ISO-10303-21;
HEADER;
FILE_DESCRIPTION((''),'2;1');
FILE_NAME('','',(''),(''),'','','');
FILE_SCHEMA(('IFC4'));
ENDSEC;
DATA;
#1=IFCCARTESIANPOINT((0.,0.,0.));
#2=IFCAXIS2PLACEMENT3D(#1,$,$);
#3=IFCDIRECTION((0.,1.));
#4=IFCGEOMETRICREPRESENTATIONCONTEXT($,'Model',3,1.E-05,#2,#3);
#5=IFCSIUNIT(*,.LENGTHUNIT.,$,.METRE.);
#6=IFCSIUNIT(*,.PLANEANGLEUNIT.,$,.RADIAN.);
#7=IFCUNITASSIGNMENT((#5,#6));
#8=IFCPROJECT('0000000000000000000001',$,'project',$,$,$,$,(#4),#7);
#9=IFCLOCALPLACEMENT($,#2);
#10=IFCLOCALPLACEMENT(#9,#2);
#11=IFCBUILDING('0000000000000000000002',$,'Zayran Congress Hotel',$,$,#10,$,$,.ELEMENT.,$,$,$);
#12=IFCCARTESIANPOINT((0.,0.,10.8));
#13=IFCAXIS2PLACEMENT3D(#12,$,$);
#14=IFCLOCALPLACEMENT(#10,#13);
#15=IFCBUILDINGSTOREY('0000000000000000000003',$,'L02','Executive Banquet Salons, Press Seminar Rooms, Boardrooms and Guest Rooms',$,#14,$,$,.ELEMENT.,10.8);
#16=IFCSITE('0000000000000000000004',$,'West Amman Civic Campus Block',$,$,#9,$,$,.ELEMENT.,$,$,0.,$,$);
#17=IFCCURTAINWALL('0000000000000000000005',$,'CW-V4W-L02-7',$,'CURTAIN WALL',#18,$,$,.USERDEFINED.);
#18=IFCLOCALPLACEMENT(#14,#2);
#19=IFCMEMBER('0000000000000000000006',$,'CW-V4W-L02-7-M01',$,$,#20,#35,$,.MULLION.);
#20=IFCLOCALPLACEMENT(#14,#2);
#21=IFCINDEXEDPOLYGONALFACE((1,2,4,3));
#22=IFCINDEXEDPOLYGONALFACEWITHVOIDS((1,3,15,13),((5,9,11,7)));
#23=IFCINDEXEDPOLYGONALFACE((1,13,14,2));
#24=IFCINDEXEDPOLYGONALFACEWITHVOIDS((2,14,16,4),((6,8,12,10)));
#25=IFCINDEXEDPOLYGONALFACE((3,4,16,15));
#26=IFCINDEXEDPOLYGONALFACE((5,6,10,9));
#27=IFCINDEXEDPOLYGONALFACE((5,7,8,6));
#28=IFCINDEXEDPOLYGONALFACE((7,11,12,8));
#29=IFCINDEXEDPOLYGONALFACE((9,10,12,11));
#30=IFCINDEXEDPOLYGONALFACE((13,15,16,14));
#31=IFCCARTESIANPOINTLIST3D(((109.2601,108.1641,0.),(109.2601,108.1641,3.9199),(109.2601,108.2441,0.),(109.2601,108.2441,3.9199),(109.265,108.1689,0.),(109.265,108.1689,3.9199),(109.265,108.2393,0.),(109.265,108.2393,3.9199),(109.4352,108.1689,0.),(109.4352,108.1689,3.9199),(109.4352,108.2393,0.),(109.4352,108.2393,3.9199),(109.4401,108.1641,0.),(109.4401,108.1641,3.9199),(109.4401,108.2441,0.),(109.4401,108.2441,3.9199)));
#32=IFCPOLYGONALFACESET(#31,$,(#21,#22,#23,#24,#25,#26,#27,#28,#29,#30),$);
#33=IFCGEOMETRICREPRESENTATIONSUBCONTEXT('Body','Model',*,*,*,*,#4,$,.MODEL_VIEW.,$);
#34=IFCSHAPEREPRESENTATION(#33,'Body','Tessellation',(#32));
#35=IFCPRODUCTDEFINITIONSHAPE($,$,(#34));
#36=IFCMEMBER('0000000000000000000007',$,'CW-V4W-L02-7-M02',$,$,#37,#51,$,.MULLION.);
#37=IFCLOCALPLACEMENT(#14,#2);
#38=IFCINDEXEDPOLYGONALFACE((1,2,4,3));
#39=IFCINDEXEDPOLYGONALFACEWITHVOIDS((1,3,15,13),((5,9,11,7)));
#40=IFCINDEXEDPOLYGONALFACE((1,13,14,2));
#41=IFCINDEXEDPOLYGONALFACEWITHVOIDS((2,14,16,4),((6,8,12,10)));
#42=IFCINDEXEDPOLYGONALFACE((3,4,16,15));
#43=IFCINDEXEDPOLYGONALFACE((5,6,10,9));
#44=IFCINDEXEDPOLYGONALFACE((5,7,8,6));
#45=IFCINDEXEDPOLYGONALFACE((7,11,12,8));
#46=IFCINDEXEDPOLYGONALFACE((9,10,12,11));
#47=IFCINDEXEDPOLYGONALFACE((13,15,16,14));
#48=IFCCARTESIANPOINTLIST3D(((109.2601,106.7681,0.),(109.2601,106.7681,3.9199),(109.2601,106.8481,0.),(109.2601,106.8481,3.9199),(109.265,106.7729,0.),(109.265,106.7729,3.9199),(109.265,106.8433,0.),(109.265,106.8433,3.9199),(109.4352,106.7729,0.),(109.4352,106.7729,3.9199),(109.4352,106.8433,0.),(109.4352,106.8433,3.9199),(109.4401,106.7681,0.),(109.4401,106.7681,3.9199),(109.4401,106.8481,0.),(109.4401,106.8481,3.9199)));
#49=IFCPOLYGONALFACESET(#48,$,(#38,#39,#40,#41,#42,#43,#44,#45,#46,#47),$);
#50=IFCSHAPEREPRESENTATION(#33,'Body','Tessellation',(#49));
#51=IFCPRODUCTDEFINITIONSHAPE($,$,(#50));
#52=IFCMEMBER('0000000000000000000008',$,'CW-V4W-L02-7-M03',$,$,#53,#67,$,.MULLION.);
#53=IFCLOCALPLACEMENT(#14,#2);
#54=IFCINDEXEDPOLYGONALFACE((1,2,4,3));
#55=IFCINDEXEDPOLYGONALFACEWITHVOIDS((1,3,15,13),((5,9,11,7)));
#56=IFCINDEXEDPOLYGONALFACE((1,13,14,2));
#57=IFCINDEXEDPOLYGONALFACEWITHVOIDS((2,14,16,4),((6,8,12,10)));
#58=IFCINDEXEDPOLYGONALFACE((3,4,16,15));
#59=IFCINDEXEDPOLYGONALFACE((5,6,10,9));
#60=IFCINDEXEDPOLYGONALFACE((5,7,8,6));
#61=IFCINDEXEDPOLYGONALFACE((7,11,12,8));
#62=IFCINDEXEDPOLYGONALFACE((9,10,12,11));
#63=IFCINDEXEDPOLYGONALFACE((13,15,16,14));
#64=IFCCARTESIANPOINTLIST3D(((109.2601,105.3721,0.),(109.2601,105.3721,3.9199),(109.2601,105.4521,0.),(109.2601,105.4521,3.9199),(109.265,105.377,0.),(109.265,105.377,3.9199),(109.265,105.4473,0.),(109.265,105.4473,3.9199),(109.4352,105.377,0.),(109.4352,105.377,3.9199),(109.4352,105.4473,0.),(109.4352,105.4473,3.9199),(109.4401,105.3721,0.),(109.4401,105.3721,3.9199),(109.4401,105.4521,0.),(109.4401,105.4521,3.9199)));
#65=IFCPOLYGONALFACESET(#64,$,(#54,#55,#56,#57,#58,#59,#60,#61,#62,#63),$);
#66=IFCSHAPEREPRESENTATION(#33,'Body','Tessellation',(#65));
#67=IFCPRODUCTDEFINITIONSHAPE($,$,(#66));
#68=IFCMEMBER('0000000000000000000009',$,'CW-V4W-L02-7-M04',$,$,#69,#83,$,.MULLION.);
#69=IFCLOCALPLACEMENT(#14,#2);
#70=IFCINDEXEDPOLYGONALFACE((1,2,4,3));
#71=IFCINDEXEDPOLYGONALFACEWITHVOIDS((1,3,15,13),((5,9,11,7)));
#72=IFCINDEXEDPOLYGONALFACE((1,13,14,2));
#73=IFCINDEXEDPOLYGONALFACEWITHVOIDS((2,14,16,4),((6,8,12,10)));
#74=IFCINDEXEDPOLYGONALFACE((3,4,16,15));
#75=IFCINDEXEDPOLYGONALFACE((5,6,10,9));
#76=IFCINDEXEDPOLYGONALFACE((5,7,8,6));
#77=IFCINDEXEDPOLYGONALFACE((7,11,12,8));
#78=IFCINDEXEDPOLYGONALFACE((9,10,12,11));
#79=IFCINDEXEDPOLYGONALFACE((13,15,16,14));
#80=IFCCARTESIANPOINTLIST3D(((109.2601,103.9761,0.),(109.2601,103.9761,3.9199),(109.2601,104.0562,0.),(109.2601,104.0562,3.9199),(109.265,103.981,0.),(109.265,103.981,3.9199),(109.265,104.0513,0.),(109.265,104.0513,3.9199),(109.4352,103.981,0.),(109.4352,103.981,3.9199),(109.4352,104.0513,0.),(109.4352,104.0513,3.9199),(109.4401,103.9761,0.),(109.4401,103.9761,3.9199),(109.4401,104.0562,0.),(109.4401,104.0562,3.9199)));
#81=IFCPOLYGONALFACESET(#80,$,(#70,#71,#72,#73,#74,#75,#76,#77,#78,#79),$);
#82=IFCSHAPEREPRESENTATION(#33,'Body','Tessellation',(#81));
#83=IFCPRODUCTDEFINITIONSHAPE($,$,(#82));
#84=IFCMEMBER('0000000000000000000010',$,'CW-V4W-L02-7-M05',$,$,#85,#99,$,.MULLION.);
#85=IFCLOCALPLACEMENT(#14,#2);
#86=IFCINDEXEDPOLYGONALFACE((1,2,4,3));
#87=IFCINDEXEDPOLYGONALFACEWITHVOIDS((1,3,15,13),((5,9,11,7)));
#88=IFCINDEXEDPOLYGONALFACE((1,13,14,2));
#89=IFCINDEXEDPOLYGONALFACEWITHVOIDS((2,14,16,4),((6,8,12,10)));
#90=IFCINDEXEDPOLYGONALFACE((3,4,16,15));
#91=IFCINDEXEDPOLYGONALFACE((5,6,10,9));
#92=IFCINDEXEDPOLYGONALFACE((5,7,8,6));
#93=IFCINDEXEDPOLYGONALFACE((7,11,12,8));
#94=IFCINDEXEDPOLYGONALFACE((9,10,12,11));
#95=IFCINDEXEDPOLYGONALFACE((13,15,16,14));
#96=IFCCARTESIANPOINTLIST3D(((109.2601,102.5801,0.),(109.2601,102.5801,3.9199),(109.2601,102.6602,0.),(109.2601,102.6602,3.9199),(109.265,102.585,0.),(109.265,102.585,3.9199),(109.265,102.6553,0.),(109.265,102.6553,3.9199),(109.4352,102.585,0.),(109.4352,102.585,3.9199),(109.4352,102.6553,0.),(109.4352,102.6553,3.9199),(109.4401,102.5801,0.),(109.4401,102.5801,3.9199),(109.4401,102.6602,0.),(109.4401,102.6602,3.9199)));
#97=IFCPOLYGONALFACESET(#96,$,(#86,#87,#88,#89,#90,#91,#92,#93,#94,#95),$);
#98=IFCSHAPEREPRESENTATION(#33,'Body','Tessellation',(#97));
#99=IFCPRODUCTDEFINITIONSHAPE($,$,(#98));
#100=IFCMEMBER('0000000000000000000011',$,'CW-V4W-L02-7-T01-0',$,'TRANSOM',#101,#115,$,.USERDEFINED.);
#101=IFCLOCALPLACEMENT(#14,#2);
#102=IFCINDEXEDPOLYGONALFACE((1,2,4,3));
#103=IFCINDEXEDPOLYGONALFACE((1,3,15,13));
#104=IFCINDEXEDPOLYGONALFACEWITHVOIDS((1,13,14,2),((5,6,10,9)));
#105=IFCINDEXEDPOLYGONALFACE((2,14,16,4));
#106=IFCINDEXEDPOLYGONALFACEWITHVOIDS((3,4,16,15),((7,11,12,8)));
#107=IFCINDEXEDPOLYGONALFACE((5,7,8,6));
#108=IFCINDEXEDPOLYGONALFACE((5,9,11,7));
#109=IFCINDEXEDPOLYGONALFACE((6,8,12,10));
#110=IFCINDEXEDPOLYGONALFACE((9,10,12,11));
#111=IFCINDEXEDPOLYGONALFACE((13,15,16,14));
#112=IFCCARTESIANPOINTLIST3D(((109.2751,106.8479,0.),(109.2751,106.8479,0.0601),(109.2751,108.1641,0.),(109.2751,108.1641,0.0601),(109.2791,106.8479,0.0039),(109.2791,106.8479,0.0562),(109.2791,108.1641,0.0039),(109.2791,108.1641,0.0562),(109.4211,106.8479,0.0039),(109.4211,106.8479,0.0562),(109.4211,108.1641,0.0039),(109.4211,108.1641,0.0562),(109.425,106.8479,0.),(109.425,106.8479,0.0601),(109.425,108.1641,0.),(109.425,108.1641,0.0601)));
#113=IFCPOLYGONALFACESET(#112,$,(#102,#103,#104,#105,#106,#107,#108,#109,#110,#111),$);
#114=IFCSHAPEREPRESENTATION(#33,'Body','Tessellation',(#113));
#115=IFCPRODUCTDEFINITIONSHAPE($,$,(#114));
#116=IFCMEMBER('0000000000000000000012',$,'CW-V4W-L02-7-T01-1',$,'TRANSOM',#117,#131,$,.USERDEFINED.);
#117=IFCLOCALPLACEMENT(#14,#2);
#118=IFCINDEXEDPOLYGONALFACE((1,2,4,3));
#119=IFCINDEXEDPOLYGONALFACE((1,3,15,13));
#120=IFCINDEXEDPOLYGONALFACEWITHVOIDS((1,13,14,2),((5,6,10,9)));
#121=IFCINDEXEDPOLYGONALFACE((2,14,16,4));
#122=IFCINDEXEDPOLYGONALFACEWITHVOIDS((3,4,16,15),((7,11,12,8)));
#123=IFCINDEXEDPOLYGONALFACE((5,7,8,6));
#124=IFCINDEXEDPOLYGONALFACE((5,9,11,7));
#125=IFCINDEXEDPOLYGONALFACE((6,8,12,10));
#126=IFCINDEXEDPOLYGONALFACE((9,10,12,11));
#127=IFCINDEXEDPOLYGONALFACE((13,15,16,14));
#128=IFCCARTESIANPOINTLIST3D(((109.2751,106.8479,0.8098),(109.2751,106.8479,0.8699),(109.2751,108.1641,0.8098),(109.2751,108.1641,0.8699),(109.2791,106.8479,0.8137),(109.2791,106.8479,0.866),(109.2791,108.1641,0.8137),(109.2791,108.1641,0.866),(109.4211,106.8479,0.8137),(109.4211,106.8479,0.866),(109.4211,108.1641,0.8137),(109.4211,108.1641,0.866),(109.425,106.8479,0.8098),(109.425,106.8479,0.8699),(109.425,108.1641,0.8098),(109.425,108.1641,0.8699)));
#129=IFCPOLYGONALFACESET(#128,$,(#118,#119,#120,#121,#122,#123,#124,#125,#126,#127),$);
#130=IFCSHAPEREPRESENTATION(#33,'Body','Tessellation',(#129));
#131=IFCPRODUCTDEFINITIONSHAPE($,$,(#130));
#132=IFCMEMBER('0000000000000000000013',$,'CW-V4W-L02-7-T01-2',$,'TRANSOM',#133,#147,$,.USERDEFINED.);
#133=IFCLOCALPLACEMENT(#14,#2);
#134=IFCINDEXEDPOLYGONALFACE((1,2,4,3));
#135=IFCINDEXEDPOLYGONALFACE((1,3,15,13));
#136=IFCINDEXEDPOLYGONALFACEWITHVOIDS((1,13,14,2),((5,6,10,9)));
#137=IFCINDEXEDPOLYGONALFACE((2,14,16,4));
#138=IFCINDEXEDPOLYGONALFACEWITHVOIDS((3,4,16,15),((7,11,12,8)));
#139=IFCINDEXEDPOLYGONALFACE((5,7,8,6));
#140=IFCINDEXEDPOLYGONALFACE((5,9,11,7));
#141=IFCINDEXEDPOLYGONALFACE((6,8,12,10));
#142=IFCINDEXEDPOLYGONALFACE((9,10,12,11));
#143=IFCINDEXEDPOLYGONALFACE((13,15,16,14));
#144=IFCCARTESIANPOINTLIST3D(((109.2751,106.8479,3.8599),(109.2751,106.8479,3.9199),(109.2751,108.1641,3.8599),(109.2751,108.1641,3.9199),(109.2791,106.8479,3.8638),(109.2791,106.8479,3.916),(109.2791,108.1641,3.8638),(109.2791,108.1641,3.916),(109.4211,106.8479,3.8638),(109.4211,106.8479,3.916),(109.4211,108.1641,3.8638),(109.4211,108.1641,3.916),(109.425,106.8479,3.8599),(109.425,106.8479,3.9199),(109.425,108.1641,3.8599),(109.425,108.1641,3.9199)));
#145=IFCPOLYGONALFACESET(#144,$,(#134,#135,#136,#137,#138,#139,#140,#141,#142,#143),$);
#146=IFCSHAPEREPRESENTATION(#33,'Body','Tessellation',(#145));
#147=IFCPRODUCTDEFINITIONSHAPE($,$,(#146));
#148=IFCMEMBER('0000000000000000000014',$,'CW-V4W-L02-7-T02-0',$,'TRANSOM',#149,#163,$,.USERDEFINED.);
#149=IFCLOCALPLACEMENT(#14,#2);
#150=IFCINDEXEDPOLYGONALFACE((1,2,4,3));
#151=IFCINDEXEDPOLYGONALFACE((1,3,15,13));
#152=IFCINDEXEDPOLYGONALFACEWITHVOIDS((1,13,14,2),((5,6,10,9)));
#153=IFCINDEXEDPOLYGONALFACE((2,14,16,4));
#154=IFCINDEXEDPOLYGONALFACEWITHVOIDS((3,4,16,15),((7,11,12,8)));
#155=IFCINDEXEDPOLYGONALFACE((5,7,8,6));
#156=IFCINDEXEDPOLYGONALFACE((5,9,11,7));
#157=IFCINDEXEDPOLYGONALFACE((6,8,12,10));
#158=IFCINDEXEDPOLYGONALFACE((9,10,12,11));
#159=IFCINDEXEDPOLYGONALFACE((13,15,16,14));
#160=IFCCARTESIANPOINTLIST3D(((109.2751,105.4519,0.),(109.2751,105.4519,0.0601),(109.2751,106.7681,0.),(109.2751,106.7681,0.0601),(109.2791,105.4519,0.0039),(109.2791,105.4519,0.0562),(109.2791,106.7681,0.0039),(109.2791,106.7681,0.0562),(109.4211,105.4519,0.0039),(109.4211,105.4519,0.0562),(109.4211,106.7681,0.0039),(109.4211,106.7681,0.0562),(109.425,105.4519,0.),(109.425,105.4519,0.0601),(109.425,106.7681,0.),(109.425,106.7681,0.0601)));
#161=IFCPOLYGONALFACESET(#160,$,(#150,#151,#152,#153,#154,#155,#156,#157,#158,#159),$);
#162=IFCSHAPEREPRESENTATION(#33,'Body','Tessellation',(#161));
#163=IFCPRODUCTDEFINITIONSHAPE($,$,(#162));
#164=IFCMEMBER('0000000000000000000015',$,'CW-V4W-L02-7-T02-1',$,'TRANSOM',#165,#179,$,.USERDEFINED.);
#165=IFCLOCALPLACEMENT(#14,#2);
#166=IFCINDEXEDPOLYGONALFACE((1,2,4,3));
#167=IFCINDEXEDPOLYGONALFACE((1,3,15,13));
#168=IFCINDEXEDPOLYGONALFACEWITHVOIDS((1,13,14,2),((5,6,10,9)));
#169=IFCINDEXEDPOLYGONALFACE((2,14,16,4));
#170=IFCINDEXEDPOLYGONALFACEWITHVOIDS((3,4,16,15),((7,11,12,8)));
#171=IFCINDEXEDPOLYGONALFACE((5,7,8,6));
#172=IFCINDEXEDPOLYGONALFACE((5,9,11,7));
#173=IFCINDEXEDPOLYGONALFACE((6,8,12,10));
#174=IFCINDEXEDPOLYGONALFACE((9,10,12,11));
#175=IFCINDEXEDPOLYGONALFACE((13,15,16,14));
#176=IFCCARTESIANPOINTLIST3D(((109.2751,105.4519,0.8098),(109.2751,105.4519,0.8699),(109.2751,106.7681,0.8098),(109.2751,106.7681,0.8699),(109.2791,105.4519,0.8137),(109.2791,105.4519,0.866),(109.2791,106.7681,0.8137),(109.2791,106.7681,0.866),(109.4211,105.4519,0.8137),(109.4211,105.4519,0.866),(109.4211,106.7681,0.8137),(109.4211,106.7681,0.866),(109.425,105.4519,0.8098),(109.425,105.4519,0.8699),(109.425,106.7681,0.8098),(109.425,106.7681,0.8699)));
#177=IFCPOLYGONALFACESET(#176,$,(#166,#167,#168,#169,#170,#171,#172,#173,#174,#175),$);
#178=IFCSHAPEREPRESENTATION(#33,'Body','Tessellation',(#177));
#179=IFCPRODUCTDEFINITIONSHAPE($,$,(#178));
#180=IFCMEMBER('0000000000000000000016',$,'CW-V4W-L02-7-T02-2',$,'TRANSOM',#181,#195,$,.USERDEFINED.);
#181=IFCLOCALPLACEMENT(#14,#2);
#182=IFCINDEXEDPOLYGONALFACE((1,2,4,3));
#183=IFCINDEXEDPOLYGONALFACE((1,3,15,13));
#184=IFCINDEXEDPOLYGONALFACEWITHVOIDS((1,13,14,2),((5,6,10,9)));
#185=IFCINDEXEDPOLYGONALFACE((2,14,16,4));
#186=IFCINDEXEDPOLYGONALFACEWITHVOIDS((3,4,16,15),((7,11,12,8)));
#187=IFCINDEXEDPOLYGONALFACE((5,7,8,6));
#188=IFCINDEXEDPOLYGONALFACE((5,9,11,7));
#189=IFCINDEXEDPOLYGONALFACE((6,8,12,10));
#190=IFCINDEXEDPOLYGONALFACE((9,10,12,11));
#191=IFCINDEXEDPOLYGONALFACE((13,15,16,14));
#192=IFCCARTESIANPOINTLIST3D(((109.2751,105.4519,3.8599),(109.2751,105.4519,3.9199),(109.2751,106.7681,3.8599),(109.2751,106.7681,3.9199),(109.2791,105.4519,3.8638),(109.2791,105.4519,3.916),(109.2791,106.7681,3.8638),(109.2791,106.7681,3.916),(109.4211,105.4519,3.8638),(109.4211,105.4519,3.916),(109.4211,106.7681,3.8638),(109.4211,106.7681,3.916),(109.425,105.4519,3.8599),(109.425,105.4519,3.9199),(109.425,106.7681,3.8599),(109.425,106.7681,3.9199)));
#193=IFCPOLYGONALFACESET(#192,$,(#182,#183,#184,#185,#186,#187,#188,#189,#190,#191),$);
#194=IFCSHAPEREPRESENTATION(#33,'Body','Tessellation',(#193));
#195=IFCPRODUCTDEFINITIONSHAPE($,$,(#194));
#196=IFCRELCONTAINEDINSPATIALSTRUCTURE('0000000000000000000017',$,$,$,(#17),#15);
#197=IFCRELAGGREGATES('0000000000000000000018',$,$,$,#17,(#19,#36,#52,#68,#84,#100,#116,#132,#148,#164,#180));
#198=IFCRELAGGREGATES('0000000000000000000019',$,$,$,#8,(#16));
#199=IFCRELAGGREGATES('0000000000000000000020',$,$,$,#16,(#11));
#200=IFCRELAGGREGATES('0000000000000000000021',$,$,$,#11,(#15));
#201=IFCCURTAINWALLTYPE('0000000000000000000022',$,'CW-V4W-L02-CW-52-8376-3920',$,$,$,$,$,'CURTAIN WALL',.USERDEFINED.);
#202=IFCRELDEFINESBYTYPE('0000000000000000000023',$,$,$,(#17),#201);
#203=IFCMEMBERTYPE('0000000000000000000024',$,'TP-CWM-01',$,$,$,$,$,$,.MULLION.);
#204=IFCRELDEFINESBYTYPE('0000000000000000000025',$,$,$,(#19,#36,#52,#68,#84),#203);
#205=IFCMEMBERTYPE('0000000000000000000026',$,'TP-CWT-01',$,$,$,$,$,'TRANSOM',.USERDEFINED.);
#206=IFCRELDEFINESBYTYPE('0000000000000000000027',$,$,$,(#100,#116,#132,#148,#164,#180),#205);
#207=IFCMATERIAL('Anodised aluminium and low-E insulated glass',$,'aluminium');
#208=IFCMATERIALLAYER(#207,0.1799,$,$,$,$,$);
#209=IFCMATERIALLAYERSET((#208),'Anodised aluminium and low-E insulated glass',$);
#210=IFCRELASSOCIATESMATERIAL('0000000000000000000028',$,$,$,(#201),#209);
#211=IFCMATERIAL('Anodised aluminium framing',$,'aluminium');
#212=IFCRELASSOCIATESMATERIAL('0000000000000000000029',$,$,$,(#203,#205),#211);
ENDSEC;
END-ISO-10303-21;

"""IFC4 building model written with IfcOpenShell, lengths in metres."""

from ifc_helpers import new_model, si_unit, direction, frame, origin, origin_2d, place, context, subcontext, project, spatial, hollow_rectangle, extrude, material, layer, layer_set, material_profile, profile_set, type_object, element, aggregate, save


model = new_model("IFC4")

# Units and contexts
model_context = context("Model", 3, precision=1e-05, world=origin(), true_north=direction((0.0, 1.0)))
body_context = subcontext(model_context, "Body", "Model", "MODEL_VIEW")
ifc_project = project(units=[si_unit("LENGTHUNIT", "METRE"), si_unit("PLANEANGLEUNIT", "RADIAN")], contexts=[model_context])

# Site, building, storey
site_placement = place(None, origin())
site = spatial("IfcSite", under=ifc_project, at=site_placement, Name="West Amman Civic Campus Block", CompositionType="ELEMENT", RefElevation=0.0)
building_placement = place(site_placement, origin())
building = spatial("IfcBuilding", under=site, at=building_placement, Name="Zayran Congress Hotel", CompositionType="ELEMENT")
storey_placement = place(building_placement, frame((0.0, 0.0, 10.8)))
storey = spatial("IfcBuildingStorey", under=building, at=storey_placement, Name="L02", Description="Executive Banquet Salons, Press Seminar Rooms, Boardrooms and Guest Rooms", CompositionType="ELEMENT", Elevation=10.8)

# Curtain wall, members
ifc_material_1 = material(Name="Anodised aluminium and low-E insulated glass", Category="aluminium")
ifc_layer_1 = layer(ifc_material_1, 0.1799)
ifc_layer_set_1 = layer_set([ifc_layer_1], Name="Anodised aluminium and low-E insulated glass")
curtain_wall_type = type_object("IfcCurtainWallType", Name="CW-V4W-L02-CW-52-8376-3920", ElementType="CURTAIN WALL", PredefinedType="USERDEFINED", material=ifc_layer_set_1)
curtain_wall_placement = place(storey_placement, origin())
curtain_wall = element("IfcCurtainWall", 1, at=curtain_wall_placement, inside=storey, type_object=curtain_wall_type, Name="CW-V4W-L02-7", ObjectType="CURTAIN WALL", PredefinedType="USERDEFINED")
ifc_material_2 = material(Name="Anodised aluminium framing", Category="aluminium")
ifc_material_profile_1 = material_profile(ifc_material_2, hollow_rectangle(XDim=0.0801, YDim=0.1799, WallThickness=0.0049, at=origin_2d()), Name="RHS 180x80x5")
ifc_profile_set_1 = profile_set([ifc_material_profile_1], Name="Anodised aluminium framing")
member_type_1 = type_object("IfcMemberType", Name="TP-CWM-01", PredefinedType="MULLION", material=ifc_profile_set_1)
member_1_placement = place(storey_placement, frame((109.3501, 108.2041, 0.0), z_axis=(0.0, 0.0, 1.0), x_axis=(0.0, 1.0, 0.0)))
member_1 = element("IfcMember", 2, at=member_1_placement, type_object=member_type_1, Name="CW-V4W-L02-7-M01", PredefinedType="MULLION", context=body_context, shape_type="SweptSolid", body=[
    extrude(hollow_rectangle(XDim=0.0801, YDim=0.1799, WallThickness=0.0049, at=origin_2d()), origin(), (0.0, 0.0, 1.0), 3.9199),
])
member_2_placement = place(storey_placement, frame((109.3501, 106.8081, 0.0), z_axis=(0.0, 0.0, 1.0), x_axis=(0.0, 1.0, 0.0)))
member_2 = element("IfcMember", 3, at=member_2_placement, type_object=member_type_1, Name="CW-V4W-L02-7-M02", PredefinedType="MULLION", context=body_context, shape_type="SweptSolid", body=[
    extrude(hollow_rectangle(XDim=0.0801, YDim=0.1799, WallThickness=0.0049, at=origin_2d()), origin(), (0.0, 0.0, 1.0), 3.9199),
])
member_3_placement = place(storey_placement, frame((109.3501, 105.4121, 0.0), z_axis=(0.0, 0.0, 1.0), x_axis=(0.0, 1.0, 0.0)))
member_3 = element("IfcMember", 4, at=member_3_placement, type_object=member_type_1, Name="CW-V4W-L02-7-M03", PredefinedType="MULLION", context=body_context, shape_type="SweptSolid", body=[
    extrude(hollow_rectangle(XDim=0.0801, YDim=0.1799, WallThickness=0.0049, at=origin_2d()), origin(), (0.0, 0.0, 1.0), 3.9199),
])
member_4_placement = place(storey_placement, frame((109.3501, 104.0161, 0.0), z_axis=(0.0, 0.0, 1.0), x_axis=(0.0, 1.0, 0.0)))
member_4 = element("IfcMember", 5, at=member_4_placement, type_object=member_type_1, Name="CW-V4W-L02-7-M04", PredefinedType="MULLION", context=body_context, shape_type="SweptSolid", body=[
    extrude(hollow_rectangle(XDim=0.0801, YDim=0.1799, WallThickness=0.0049, at=origin_2d()), origin(), (0.0, 0.0, 1.0), 3.9199),
])
member_5_placement = place(storey_placement, frame((109.3501, 102.6201, 0.0), z_axis=(0.0, 0.0, 1.0), x_axis=(0.0, 1.0, 0.0)))
member_5 = element("IfcMember", 6, at=member_5_placement, type_object=member_type_1, Name="CW-V4W-L02-7-M05", PredefinedType="MULLION", context=body_context, shape_type="SweptSolid", body=[
    extrude(hollow_rectangle(XDim=0.0801, YDim=0.1799, WallThickness=0.0049, at=origin_2d()), origin(), (0.0, 0.0, 1.0), 3.9199),
])
ifc_material_profile_2 = material_profile(ifc_material_2, hollow_rectangle(XDim=0.0601, YDim=0.1499, WallThickness=0.0039, at=origin_2d()), Name="RHS 150x60x4")
ifc_profile_set_2 = profile_set([ifc_material_profile_2], Name="Anodised aluminium framing")
member_type_2 = type_object("IfcMemberType", Name="TP-CWT-01", ElementType="TRANSOM", PredefinedType="USERDEFINED", material=ifc_profile_set_2)
member_6_placement = place(storey_placement, frame((109.3501, 108.1641, 0.03), z_axis=(0.0, -1.0, 0.0), x_axis=(0.0, 0.0, 1.0)))
member_6 = element("IfcMember", 7, at=member_6_placement, type_object=member_type_2, Name="CW-V4W-L02-7-T01-0", ObjectType="TRANSOM", PredefinedType="USERDEFINED", context=body_context, shape_type="SweptSolid", body=[
    extrude(hollow_rectangle(XDim=0.0601, YDim=0.1499, WallThickness=0.0039, at=origin_2d()), origin(), (0.0, 0.0, 1.0), 1.3162),
])
member_7_placement = place(storey_placement, frame((109.3501, 108.1641, 0.8398), z_axis=(0.0, -1.0, 0.0), x_axis=(0.0, 0.0, 1.0)))
member_7 = element("IfcMember", 8, at=member_7_placement, type_object=member_type_2, Name="CW-V4W-L02-7-T01-1", ObjectType="TRANSOM", PredefinedType="USERDEFINED", context=body_context, shape_type="SweptSolid", body=[
    extrude(hollow_rectangle(XDim=0.0601, YDim=0.1499, WallThickness=0.0039, at=origin_2d()), origin(), (0.0, 0.0, 1.0), 1.3162),
])
member_8_placement = place(storey_placement, frame((109.3501, 108.1641, 3.8899), z_axis=(0.0, -1.0, 0.0), x_axis=(0.0, 0.0, 1.0)))
member_8 = element("IfcMember", 9, at=member_8_placement, type_object=member_type_2, Name="CW-V4W-L02-7-T01-2", ObjectType="TRANSOM", PredefinedType="USERDEFINED", context=body_context, shape_type="SweptSolid", body=[
    extrude(hollow_rectangle(XDim=0.0601, YDim=0.1499, WallThickness=0.0039, at=origin_2d()), origin(), (0.0, 0.0, 1.0), 1.3162),
])
member_9_placement = place(storey_placement, frame((109.3501, 106.7681, 0.03), z_axis=(0.0, -1.0, 0.0), x_axis=(0.0, 0.0, 1.0)))
member_9 = element("IfcMember", 10, at=member_9_placement, type_object=member_type_2, Name="CW-V4W-L02-7-T02-0", ObjectType="TRANSOM", PredefinedType="USERDEFINED", context=body_context, shape_type="SweptSolid", body=[
    extrude(hollow_rectangle(XDim=0.0601, YDim=0.1499, WallThickness=0.0039, at=origin_2d()), origin(), (0.0, 0.0, 1.0), 1.3162),
])
member_10_placement = place(storey_placement, frame((109.3501, 106.7681, 0.8398), z_axis=(0.0, -1.0, 0.0), x_axis=(0.0, 0.0, 1.0)))
member_10 = element("IfcMember", 11, at=member_10_placement, type_object=member_type_2, Name="CW-V4W-L02-7-T02-1", ObjectType="TRANSOM", PredefinedType="USERDEFINED", context=body_context, shape_type="SweptSolid", body=[
    extrude(hollow_rectangle(XDim=0.0601, YDim=0.1499, WallThickness=0.0039, at=origin_2d()), origin(), (0.0, 0.0, 1.0), 1.3162),
])
member_11_placement = place(storey_placement, frame((109.3501, 106.7681, 3.8899), z_axis=(0.0, -1.0, 0.0), x_axis=(0.0, 0.0, 1.0)))
member_11 = element("IfcMember", 12, at=member_11_placement, type_object=member_type_2, Name="CW-V4W-L02-7-T02-2", ObjectType="TRANSOM", PredefinedType="USERDEFINED", context=body_context, shape_type="SweptSolid", body=[
    extrude(hollow_rectangle(XDim=0.0601, YDim=0.1499, WallThickness=0.0039, at=origin_2d()), origin(), (0.0, 0.0, 1.0), 1.3162),
])
aggregate(curtain_wall, [member_1, member_2, member_3, member_4, member_5, member_6, member_7, member_8, member_9, member_10, member_11])

save(model, "model.ifc")
